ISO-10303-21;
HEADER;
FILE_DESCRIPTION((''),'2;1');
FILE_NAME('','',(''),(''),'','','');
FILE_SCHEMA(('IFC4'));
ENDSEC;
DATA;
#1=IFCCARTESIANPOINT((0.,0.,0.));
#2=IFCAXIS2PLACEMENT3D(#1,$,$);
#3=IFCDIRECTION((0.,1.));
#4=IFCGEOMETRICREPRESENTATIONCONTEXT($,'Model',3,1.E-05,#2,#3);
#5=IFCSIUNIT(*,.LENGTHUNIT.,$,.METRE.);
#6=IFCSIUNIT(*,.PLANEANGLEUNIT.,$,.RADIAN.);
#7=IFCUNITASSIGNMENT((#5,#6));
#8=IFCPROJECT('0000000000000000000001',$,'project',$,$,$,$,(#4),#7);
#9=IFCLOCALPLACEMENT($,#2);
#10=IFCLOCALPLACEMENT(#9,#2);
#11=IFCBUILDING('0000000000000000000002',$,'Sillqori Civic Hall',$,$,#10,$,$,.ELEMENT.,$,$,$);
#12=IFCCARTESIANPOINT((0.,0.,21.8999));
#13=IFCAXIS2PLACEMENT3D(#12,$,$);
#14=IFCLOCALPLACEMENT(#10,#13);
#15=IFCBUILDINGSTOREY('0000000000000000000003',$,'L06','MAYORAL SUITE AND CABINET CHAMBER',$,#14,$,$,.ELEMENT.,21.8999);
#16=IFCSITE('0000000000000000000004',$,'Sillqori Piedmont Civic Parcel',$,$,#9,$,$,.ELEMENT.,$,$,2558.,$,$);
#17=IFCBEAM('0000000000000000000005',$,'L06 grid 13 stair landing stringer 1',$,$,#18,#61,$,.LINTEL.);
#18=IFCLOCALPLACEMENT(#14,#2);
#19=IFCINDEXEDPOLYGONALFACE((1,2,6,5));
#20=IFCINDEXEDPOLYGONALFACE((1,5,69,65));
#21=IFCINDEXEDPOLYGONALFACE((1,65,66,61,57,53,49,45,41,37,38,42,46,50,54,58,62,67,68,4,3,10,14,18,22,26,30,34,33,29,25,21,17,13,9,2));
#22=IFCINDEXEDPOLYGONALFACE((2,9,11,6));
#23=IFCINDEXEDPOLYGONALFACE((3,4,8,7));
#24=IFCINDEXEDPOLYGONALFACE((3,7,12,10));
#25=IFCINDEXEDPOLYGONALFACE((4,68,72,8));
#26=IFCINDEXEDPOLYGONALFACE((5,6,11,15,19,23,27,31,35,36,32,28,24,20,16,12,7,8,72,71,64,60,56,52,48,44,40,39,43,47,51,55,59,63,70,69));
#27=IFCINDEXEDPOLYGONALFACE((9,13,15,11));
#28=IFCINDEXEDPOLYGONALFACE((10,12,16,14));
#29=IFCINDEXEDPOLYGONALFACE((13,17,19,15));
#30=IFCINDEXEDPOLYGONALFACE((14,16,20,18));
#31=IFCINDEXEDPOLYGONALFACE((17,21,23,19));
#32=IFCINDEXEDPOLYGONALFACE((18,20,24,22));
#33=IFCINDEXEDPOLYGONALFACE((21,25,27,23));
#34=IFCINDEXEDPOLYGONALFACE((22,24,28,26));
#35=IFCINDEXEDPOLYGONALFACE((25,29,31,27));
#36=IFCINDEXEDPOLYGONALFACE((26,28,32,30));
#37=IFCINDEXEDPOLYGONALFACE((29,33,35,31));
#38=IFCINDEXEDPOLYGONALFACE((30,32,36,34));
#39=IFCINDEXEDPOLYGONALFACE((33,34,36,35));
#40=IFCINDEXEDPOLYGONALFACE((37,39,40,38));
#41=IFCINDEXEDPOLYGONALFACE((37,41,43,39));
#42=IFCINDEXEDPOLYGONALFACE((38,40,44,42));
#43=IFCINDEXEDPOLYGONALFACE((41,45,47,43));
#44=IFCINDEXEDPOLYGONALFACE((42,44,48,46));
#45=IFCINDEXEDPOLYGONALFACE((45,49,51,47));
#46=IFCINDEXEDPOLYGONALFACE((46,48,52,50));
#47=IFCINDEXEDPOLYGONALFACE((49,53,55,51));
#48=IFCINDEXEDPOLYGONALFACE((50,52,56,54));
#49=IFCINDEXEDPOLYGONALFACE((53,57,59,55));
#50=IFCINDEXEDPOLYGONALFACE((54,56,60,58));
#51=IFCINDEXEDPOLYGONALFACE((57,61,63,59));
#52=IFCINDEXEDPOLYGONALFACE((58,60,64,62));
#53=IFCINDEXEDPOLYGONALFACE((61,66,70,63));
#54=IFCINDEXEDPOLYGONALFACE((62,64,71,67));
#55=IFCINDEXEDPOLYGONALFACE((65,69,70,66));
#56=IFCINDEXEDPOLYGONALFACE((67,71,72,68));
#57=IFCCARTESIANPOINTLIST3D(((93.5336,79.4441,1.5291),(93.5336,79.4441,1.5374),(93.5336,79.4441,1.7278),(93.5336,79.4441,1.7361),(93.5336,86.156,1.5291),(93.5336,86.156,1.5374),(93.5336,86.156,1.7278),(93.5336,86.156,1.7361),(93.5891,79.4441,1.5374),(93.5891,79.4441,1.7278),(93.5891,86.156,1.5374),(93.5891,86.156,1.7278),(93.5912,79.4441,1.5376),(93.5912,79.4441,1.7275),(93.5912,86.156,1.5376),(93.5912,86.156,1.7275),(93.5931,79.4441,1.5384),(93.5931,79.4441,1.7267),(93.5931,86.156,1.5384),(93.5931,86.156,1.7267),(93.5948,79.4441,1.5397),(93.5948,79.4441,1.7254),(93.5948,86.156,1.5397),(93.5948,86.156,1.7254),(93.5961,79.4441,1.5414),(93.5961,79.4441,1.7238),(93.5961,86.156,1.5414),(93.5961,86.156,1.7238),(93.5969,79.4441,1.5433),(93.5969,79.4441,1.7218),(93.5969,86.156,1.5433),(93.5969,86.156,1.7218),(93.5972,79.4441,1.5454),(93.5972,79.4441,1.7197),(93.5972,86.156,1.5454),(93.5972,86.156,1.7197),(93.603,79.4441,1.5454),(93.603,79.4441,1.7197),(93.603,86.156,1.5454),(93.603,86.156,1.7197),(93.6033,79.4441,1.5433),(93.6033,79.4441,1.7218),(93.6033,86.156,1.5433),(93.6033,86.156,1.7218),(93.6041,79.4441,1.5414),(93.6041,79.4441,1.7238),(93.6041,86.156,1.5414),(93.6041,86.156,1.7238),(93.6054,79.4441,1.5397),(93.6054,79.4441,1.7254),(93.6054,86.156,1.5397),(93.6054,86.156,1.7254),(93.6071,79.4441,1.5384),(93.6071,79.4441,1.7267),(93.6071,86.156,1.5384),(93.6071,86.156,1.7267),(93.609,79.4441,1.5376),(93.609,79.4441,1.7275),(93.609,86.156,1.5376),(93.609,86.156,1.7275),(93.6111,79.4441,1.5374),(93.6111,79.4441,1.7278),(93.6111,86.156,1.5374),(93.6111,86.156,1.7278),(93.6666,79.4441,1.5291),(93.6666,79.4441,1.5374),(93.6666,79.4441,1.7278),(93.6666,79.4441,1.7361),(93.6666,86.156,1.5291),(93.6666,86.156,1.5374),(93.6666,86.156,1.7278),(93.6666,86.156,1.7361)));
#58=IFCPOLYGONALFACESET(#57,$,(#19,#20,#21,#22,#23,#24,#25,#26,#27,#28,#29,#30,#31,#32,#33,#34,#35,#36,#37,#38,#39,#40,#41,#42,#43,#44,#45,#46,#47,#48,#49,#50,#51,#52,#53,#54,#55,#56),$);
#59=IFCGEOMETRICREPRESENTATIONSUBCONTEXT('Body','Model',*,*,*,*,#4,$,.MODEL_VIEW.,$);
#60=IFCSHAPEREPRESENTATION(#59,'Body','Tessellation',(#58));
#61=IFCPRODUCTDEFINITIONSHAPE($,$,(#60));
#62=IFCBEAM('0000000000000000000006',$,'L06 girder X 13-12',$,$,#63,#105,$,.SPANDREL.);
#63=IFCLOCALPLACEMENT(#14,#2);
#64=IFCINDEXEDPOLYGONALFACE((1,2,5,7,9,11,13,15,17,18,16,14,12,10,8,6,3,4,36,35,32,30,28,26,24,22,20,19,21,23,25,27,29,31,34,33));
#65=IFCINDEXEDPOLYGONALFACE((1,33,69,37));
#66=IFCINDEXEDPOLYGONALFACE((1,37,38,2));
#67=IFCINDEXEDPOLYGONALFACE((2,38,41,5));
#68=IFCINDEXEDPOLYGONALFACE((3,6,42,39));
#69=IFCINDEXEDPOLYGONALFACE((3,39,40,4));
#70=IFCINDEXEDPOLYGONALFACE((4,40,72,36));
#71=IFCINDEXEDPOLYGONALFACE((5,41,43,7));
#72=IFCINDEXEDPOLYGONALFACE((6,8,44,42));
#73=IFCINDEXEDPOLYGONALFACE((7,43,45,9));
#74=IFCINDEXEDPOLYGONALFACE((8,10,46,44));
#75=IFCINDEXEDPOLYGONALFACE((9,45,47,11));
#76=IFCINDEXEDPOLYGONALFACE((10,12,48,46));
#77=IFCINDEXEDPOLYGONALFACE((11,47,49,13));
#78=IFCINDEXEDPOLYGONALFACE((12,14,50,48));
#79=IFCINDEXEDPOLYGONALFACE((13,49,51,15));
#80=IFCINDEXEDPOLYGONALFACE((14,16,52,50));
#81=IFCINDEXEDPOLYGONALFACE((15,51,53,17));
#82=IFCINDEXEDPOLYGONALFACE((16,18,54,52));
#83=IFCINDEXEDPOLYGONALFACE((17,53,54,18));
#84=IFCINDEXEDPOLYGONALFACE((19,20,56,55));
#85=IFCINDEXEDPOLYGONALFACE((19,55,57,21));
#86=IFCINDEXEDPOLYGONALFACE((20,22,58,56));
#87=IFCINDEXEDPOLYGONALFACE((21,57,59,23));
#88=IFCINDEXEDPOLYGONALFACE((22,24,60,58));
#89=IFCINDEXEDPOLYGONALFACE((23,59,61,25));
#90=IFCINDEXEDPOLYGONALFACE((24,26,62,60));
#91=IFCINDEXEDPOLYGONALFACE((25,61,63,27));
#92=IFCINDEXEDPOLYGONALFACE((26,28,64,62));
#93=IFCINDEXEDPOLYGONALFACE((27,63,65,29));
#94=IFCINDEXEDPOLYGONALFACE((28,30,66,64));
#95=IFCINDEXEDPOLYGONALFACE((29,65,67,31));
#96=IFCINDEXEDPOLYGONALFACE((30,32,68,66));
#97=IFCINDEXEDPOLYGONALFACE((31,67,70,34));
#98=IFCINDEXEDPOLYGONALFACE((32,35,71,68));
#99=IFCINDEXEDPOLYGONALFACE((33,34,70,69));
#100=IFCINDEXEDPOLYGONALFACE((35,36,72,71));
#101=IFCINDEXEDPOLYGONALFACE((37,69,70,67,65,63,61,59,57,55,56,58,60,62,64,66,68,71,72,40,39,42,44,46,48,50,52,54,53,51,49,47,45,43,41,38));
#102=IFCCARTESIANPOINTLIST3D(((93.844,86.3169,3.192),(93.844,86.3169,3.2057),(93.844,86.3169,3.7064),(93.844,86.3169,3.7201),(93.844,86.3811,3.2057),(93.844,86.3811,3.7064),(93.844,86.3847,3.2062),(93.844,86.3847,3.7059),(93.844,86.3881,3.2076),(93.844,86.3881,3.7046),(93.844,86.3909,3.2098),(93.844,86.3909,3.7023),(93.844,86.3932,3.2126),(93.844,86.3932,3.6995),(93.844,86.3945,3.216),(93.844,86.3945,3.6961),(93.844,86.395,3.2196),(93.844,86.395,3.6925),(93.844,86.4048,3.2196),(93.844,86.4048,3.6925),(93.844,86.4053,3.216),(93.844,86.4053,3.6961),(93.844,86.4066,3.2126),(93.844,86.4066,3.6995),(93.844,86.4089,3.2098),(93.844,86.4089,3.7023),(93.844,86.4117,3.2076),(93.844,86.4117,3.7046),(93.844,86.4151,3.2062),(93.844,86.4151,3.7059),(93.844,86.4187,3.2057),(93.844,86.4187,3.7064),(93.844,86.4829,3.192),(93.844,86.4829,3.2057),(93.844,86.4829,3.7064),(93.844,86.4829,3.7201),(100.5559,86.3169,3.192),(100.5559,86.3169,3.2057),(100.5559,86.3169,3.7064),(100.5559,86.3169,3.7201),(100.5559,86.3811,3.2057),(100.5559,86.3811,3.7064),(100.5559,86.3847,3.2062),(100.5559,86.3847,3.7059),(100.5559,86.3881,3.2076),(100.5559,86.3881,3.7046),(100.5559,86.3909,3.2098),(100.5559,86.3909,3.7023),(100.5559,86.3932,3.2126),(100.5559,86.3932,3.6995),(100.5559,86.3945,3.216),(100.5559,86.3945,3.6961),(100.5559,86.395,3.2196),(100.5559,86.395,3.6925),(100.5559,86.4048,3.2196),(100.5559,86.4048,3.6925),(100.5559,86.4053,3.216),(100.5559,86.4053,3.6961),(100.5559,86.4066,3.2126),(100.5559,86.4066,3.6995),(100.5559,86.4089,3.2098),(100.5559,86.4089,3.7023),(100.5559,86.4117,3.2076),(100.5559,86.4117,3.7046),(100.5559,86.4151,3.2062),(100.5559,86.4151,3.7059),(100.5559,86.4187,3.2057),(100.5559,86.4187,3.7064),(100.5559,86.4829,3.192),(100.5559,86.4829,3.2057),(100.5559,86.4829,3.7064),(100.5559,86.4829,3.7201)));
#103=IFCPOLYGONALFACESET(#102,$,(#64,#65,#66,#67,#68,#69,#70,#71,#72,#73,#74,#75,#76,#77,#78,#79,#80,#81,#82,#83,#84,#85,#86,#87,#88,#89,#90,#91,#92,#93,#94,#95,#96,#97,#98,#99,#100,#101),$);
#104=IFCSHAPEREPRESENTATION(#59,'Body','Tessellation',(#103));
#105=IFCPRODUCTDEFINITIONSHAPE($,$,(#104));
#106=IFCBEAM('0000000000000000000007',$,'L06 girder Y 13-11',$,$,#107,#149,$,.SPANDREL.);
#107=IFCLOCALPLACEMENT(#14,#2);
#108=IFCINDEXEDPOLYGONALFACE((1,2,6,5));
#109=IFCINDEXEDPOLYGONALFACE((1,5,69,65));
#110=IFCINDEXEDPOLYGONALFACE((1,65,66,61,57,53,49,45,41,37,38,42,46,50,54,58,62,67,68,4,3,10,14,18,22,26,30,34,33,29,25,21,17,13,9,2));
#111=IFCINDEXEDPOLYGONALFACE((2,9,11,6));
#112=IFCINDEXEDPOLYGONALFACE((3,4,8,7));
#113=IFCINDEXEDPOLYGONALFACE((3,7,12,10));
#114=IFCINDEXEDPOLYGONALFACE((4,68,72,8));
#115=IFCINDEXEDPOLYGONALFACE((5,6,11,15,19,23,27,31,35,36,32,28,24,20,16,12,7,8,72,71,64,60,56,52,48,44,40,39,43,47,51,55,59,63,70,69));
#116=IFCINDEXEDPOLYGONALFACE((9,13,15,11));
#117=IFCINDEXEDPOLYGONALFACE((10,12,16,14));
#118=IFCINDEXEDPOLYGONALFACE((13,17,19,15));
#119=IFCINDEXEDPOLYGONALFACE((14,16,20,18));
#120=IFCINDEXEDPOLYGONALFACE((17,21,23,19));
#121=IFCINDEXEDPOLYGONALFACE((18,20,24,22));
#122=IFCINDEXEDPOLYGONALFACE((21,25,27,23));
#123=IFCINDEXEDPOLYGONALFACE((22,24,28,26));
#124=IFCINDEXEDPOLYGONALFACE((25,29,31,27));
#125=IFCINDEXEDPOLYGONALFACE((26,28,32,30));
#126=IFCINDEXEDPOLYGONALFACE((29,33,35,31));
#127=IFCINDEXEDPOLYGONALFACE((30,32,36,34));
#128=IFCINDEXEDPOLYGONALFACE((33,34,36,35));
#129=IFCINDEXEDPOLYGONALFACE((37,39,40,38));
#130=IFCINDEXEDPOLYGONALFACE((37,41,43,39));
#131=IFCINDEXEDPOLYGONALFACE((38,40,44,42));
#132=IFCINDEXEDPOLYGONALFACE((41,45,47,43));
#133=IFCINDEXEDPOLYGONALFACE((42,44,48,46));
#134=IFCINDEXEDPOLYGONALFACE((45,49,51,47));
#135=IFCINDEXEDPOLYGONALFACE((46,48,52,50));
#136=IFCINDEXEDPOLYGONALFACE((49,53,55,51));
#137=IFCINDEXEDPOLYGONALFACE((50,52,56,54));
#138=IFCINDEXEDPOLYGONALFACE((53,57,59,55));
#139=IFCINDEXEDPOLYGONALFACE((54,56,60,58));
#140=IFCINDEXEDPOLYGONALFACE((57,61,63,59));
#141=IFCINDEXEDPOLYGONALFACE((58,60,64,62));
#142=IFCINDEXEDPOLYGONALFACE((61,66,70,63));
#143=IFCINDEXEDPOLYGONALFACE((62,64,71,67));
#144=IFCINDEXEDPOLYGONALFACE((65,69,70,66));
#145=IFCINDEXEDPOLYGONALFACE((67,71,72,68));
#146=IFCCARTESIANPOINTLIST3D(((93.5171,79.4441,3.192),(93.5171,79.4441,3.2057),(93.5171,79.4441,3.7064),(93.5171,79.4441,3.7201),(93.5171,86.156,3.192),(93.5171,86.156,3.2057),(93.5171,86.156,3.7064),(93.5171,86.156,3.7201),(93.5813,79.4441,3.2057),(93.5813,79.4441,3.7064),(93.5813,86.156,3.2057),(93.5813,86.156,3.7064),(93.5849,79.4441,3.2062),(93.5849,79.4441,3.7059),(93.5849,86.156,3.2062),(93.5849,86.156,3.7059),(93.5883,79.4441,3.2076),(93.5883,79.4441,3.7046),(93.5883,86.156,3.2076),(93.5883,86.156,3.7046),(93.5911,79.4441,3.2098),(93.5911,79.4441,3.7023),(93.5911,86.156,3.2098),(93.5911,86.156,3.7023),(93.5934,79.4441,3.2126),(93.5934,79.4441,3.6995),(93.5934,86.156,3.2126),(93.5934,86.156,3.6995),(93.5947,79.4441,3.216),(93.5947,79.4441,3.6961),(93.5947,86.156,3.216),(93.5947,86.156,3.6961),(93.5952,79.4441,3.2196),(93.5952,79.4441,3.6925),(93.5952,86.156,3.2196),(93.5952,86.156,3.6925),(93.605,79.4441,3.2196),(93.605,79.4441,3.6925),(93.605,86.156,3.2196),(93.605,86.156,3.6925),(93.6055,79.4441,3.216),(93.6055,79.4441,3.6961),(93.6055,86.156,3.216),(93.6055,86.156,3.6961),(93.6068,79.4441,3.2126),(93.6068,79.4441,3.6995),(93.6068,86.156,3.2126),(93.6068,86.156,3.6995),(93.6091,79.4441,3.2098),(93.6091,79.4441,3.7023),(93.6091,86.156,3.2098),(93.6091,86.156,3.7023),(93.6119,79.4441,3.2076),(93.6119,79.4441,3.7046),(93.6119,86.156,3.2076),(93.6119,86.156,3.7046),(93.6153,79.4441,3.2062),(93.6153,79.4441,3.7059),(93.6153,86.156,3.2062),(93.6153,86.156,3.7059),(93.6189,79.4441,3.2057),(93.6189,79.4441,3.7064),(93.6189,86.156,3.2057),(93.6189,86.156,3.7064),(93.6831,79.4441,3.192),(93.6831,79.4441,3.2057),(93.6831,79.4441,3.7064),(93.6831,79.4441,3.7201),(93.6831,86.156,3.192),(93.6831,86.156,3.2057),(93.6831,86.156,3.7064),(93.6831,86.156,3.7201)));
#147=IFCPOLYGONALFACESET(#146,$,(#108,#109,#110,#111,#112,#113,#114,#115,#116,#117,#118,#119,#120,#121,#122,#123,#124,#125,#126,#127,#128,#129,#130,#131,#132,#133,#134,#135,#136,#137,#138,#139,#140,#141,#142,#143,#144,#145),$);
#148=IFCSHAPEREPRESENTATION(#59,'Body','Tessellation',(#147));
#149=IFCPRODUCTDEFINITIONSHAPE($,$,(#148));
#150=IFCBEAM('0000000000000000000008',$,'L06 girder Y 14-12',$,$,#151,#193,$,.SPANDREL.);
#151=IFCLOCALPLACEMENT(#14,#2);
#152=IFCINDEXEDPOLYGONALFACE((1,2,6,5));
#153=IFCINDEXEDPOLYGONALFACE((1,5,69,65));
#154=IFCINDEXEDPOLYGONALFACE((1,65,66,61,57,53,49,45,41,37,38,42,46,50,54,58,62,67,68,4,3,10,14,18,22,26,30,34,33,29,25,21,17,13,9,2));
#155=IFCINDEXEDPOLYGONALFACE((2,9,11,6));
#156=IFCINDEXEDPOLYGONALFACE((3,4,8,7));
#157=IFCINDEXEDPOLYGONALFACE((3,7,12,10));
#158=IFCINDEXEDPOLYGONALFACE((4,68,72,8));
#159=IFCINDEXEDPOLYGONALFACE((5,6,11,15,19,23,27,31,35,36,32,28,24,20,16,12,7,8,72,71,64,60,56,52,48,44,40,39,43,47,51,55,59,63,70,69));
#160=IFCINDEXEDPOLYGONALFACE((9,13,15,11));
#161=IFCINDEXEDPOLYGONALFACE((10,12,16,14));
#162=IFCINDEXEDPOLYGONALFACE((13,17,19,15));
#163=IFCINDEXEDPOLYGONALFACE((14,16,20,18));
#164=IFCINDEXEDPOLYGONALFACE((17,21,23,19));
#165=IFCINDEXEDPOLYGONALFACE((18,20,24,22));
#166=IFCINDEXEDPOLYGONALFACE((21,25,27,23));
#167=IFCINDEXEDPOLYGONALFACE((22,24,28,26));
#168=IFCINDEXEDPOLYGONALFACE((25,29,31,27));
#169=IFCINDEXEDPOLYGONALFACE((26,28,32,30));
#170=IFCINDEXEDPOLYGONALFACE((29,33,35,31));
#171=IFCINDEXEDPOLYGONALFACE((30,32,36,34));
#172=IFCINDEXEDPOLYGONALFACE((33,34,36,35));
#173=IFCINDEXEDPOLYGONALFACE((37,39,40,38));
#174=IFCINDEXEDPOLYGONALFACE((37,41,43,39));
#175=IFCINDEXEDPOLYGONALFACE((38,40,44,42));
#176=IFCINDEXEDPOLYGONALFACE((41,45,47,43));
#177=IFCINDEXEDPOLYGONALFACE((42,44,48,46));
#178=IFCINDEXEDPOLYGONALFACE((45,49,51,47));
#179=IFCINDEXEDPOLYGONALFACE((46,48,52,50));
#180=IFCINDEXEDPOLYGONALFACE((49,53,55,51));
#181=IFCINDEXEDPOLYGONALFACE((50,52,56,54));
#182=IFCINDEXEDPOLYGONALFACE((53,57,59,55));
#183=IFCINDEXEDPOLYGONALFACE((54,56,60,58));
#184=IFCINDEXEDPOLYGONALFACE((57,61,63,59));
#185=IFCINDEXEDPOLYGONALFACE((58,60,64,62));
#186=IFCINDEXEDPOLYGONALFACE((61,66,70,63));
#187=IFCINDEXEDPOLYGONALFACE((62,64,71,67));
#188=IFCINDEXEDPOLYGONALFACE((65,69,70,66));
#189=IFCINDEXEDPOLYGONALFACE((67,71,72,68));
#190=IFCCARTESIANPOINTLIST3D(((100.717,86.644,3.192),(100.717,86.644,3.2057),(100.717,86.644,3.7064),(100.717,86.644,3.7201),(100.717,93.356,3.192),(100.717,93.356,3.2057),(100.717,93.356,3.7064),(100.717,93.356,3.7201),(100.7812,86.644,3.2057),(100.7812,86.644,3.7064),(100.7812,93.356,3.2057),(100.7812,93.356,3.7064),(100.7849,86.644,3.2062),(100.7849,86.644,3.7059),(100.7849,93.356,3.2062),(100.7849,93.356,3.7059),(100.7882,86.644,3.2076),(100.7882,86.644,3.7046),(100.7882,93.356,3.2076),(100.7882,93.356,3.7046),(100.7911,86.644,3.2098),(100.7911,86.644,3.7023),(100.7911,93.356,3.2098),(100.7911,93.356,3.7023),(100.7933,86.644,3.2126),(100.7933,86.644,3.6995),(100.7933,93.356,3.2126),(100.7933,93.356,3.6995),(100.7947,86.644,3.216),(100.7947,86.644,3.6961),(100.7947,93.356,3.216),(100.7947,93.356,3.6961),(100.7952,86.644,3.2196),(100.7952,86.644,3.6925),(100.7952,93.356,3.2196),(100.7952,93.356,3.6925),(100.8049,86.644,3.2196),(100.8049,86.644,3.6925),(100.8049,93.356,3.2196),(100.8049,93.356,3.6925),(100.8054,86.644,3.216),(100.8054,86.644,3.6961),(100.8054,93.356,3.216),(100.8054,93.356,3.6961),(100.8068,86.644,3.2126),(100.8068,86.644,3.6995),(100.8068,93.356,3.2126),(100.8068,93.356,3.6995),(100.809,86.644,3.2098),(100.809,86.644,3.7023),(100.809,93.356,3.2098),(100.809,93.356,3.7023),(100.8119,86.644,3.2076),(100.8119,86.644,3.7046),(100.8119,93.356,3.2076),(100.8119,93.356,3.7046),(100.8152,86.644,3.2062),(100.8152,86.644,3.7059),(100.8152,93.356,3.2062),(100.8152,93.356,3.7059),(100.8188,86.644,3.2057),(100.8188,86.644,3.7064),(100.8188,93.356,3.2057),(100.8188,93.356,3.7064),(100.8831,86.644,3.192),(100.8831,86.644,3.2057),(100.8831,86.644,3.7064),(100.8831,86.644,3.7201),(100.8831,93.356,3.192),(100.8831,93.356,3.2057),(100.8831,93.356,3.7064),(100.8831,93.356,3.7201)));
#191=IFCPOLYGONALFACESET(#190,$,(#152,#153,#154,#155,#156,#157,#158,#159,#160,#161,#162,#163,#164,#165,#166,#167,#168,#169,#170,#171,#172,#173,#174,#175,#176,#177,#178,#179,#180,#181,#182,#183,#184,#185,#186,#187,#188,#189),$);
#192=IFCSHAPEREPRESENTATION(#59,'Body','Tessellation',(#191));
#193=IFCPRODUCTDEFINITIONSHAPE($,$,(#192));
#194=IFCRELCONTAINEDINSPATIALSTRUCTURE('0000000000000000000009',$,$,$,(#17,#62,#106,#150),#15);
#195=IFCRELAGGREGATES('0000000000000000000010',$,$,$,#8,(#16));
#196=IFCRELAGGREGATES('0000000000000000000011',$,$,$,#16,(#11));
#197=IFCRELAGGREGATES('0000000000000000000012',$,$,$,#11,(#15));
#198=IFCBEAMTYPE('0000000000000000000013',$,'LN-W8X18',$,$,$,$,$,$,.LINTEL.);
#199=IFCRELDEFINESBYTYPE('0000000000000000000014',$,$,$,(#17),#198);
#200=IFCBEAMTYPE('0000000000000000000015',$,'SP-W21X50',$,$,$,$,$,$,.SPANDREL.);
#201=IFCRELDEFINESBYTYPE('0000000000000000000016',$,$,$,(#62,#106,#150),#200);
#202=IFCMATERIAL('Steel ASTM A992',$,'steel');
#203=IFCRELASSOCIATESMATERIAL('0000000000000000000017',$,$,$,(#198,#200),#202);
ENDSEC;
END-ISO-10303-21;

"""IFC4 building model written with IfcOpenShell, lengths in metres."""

from ifc_helpers import new_model, si_unit, direction, frame, origin, origin_2d, place, context, subcontext, project, spatial, i_section, extrude, material, material_profile, profile_set, type_object, element, save


model = new_model("IFC4")

# Units and contexts
model_context = context("Model", 3, precision=1e-05, world=origin(), true_north=direction((0.0, 1.0)))
body_context = subcontext(model_context, "Body", "Model", "MODEL_VIEW")
ifc_project = project(units=[si_unit("LENGTHUNIT", "METRE"), si_unit("PLANEANGLEUNIT", "RADIAN")], contexts=[model_context])

# Site, building, storey
site_placement = place(None, origin())
site = spatial("IfcSite", under=ifc_project, at=site_placement, Name="Sillqori Piedmont Civic Parcel", CompositionType="ELEMENT", RefElevation=2558.0)
building_placement = place(site_placement, origin())
building = spatial("IfcBuilding", under=site, at=building_placement, Name="Sillqori Civic Hall", CompositionType="ELEMENT")
storey_placement = place(building_placement, frame((0.0, 0.0, 21.8999)))
storey = spatial("IfcBuildingStorey", under=building, at=storey_placement, Name="L06", Description="MAYORAL SUITE AND CABINET CHAMBER", CompositionType="ELEMENT", Elevation=21.8999)

# Beams
ifc_material_1 = material(Name="Steel ASTM A992", Category="steel")
ifc_material_profile_1 = material_profile(ifc_material_1, i_section(OverallWidth=0.1331, OverallDepth=0.207, WebThickness=0.0059, FlangeThickness=0.0083, FilletRadius=0.0081, at=origin_2d()), Name="W8X18")
ifc_profile_set_1 = profile_set([ifc_material_profile_1], Name="Steel ASTM A992")
beam_type_1 = type_object("IfcBeamType", Name="LN-W8X18", PredefinedType="LINTEL", material=ifc_profile_set_1)
beam_1_placement = place(storey_placement, frame((93.6001, 79.4441, 1.6326), z_axis=(0.0, 1.0, 0.0), x_axis=(-1.0, 0.0, 0.0)))
element("IfcBeam", 1, at=beam_1_placement, inside=storey, type_object=beam_type_1, Name="L06 grid 13 stair landing stringer 1", PredefinedType="LINTEL", context=body_context, shape_type="SweptSolid", body=[
    extrude(i_section(OverallWidth=0.1331, OverallDepth=0.207, WebThickness=0.0059, FlangeThickness=0.0083, FilletRadius=0.0081, at=origin_2d()), origin(), (0.0, 0.0, 1.0), 6.7119),
])
ifc_material_profile_2 = material_profile(ifc_material_1, i_section(OverallWidth=0.166, OverallDepth=0.5281, WebThickness=0.0098, FlangeThickness=0.0137, FilletRadius=0.0139, at=origin_2d()), Name="W21X50")
ifc_profile_set_2 = profile_set([ifc_material_profile_2], Name="Steel ASTM A992")
beam_type_2 = type_object("IfcBeamType", Name="SP-W21X50", PredefinedType="SPANDREL", material=ifc_profile_set_2)
for number, where, z_axis, x_axis, name in (
    (2, (93.844, 86.3999, 3.4561), (1.0, 0.0, 0.0), (0.0, 1.0, 0.0), "L06 girder X 13-12"),
    (3, (93.6001, 79.4441, 3.4561), (0.0, 1.0, 0.0), (-1.0, 0.0, 0.0), "L06 girder Y 13-11"),
    (4, (100.8, 86.644, 3.4561), (0.0, 1.0, 0.0), (-1.0, 0.0, 0.0), "L06 girder Y 14-12"),
):
    element("IfcBeam", number, at=place(storey_placement, frame(where, z_axis=z_axis, x_axis=x_axis)), inside=storey, type_object=beam_type_2, Name=name, PredefinedType="SPANDREL", context=body_context, shape_type="SweptSolid", body=[
        extrude(i_section(OverallWidth=0.166, OverallDepth=0.5281, WebThickness=0.0098, FlangeThickness=0.0137, FilletRadius=0.0139, at=origin_2d()), origin(), (0.0, 0.0, 1.0), 6.7119),
    ])

save(model, "model.ifc")
